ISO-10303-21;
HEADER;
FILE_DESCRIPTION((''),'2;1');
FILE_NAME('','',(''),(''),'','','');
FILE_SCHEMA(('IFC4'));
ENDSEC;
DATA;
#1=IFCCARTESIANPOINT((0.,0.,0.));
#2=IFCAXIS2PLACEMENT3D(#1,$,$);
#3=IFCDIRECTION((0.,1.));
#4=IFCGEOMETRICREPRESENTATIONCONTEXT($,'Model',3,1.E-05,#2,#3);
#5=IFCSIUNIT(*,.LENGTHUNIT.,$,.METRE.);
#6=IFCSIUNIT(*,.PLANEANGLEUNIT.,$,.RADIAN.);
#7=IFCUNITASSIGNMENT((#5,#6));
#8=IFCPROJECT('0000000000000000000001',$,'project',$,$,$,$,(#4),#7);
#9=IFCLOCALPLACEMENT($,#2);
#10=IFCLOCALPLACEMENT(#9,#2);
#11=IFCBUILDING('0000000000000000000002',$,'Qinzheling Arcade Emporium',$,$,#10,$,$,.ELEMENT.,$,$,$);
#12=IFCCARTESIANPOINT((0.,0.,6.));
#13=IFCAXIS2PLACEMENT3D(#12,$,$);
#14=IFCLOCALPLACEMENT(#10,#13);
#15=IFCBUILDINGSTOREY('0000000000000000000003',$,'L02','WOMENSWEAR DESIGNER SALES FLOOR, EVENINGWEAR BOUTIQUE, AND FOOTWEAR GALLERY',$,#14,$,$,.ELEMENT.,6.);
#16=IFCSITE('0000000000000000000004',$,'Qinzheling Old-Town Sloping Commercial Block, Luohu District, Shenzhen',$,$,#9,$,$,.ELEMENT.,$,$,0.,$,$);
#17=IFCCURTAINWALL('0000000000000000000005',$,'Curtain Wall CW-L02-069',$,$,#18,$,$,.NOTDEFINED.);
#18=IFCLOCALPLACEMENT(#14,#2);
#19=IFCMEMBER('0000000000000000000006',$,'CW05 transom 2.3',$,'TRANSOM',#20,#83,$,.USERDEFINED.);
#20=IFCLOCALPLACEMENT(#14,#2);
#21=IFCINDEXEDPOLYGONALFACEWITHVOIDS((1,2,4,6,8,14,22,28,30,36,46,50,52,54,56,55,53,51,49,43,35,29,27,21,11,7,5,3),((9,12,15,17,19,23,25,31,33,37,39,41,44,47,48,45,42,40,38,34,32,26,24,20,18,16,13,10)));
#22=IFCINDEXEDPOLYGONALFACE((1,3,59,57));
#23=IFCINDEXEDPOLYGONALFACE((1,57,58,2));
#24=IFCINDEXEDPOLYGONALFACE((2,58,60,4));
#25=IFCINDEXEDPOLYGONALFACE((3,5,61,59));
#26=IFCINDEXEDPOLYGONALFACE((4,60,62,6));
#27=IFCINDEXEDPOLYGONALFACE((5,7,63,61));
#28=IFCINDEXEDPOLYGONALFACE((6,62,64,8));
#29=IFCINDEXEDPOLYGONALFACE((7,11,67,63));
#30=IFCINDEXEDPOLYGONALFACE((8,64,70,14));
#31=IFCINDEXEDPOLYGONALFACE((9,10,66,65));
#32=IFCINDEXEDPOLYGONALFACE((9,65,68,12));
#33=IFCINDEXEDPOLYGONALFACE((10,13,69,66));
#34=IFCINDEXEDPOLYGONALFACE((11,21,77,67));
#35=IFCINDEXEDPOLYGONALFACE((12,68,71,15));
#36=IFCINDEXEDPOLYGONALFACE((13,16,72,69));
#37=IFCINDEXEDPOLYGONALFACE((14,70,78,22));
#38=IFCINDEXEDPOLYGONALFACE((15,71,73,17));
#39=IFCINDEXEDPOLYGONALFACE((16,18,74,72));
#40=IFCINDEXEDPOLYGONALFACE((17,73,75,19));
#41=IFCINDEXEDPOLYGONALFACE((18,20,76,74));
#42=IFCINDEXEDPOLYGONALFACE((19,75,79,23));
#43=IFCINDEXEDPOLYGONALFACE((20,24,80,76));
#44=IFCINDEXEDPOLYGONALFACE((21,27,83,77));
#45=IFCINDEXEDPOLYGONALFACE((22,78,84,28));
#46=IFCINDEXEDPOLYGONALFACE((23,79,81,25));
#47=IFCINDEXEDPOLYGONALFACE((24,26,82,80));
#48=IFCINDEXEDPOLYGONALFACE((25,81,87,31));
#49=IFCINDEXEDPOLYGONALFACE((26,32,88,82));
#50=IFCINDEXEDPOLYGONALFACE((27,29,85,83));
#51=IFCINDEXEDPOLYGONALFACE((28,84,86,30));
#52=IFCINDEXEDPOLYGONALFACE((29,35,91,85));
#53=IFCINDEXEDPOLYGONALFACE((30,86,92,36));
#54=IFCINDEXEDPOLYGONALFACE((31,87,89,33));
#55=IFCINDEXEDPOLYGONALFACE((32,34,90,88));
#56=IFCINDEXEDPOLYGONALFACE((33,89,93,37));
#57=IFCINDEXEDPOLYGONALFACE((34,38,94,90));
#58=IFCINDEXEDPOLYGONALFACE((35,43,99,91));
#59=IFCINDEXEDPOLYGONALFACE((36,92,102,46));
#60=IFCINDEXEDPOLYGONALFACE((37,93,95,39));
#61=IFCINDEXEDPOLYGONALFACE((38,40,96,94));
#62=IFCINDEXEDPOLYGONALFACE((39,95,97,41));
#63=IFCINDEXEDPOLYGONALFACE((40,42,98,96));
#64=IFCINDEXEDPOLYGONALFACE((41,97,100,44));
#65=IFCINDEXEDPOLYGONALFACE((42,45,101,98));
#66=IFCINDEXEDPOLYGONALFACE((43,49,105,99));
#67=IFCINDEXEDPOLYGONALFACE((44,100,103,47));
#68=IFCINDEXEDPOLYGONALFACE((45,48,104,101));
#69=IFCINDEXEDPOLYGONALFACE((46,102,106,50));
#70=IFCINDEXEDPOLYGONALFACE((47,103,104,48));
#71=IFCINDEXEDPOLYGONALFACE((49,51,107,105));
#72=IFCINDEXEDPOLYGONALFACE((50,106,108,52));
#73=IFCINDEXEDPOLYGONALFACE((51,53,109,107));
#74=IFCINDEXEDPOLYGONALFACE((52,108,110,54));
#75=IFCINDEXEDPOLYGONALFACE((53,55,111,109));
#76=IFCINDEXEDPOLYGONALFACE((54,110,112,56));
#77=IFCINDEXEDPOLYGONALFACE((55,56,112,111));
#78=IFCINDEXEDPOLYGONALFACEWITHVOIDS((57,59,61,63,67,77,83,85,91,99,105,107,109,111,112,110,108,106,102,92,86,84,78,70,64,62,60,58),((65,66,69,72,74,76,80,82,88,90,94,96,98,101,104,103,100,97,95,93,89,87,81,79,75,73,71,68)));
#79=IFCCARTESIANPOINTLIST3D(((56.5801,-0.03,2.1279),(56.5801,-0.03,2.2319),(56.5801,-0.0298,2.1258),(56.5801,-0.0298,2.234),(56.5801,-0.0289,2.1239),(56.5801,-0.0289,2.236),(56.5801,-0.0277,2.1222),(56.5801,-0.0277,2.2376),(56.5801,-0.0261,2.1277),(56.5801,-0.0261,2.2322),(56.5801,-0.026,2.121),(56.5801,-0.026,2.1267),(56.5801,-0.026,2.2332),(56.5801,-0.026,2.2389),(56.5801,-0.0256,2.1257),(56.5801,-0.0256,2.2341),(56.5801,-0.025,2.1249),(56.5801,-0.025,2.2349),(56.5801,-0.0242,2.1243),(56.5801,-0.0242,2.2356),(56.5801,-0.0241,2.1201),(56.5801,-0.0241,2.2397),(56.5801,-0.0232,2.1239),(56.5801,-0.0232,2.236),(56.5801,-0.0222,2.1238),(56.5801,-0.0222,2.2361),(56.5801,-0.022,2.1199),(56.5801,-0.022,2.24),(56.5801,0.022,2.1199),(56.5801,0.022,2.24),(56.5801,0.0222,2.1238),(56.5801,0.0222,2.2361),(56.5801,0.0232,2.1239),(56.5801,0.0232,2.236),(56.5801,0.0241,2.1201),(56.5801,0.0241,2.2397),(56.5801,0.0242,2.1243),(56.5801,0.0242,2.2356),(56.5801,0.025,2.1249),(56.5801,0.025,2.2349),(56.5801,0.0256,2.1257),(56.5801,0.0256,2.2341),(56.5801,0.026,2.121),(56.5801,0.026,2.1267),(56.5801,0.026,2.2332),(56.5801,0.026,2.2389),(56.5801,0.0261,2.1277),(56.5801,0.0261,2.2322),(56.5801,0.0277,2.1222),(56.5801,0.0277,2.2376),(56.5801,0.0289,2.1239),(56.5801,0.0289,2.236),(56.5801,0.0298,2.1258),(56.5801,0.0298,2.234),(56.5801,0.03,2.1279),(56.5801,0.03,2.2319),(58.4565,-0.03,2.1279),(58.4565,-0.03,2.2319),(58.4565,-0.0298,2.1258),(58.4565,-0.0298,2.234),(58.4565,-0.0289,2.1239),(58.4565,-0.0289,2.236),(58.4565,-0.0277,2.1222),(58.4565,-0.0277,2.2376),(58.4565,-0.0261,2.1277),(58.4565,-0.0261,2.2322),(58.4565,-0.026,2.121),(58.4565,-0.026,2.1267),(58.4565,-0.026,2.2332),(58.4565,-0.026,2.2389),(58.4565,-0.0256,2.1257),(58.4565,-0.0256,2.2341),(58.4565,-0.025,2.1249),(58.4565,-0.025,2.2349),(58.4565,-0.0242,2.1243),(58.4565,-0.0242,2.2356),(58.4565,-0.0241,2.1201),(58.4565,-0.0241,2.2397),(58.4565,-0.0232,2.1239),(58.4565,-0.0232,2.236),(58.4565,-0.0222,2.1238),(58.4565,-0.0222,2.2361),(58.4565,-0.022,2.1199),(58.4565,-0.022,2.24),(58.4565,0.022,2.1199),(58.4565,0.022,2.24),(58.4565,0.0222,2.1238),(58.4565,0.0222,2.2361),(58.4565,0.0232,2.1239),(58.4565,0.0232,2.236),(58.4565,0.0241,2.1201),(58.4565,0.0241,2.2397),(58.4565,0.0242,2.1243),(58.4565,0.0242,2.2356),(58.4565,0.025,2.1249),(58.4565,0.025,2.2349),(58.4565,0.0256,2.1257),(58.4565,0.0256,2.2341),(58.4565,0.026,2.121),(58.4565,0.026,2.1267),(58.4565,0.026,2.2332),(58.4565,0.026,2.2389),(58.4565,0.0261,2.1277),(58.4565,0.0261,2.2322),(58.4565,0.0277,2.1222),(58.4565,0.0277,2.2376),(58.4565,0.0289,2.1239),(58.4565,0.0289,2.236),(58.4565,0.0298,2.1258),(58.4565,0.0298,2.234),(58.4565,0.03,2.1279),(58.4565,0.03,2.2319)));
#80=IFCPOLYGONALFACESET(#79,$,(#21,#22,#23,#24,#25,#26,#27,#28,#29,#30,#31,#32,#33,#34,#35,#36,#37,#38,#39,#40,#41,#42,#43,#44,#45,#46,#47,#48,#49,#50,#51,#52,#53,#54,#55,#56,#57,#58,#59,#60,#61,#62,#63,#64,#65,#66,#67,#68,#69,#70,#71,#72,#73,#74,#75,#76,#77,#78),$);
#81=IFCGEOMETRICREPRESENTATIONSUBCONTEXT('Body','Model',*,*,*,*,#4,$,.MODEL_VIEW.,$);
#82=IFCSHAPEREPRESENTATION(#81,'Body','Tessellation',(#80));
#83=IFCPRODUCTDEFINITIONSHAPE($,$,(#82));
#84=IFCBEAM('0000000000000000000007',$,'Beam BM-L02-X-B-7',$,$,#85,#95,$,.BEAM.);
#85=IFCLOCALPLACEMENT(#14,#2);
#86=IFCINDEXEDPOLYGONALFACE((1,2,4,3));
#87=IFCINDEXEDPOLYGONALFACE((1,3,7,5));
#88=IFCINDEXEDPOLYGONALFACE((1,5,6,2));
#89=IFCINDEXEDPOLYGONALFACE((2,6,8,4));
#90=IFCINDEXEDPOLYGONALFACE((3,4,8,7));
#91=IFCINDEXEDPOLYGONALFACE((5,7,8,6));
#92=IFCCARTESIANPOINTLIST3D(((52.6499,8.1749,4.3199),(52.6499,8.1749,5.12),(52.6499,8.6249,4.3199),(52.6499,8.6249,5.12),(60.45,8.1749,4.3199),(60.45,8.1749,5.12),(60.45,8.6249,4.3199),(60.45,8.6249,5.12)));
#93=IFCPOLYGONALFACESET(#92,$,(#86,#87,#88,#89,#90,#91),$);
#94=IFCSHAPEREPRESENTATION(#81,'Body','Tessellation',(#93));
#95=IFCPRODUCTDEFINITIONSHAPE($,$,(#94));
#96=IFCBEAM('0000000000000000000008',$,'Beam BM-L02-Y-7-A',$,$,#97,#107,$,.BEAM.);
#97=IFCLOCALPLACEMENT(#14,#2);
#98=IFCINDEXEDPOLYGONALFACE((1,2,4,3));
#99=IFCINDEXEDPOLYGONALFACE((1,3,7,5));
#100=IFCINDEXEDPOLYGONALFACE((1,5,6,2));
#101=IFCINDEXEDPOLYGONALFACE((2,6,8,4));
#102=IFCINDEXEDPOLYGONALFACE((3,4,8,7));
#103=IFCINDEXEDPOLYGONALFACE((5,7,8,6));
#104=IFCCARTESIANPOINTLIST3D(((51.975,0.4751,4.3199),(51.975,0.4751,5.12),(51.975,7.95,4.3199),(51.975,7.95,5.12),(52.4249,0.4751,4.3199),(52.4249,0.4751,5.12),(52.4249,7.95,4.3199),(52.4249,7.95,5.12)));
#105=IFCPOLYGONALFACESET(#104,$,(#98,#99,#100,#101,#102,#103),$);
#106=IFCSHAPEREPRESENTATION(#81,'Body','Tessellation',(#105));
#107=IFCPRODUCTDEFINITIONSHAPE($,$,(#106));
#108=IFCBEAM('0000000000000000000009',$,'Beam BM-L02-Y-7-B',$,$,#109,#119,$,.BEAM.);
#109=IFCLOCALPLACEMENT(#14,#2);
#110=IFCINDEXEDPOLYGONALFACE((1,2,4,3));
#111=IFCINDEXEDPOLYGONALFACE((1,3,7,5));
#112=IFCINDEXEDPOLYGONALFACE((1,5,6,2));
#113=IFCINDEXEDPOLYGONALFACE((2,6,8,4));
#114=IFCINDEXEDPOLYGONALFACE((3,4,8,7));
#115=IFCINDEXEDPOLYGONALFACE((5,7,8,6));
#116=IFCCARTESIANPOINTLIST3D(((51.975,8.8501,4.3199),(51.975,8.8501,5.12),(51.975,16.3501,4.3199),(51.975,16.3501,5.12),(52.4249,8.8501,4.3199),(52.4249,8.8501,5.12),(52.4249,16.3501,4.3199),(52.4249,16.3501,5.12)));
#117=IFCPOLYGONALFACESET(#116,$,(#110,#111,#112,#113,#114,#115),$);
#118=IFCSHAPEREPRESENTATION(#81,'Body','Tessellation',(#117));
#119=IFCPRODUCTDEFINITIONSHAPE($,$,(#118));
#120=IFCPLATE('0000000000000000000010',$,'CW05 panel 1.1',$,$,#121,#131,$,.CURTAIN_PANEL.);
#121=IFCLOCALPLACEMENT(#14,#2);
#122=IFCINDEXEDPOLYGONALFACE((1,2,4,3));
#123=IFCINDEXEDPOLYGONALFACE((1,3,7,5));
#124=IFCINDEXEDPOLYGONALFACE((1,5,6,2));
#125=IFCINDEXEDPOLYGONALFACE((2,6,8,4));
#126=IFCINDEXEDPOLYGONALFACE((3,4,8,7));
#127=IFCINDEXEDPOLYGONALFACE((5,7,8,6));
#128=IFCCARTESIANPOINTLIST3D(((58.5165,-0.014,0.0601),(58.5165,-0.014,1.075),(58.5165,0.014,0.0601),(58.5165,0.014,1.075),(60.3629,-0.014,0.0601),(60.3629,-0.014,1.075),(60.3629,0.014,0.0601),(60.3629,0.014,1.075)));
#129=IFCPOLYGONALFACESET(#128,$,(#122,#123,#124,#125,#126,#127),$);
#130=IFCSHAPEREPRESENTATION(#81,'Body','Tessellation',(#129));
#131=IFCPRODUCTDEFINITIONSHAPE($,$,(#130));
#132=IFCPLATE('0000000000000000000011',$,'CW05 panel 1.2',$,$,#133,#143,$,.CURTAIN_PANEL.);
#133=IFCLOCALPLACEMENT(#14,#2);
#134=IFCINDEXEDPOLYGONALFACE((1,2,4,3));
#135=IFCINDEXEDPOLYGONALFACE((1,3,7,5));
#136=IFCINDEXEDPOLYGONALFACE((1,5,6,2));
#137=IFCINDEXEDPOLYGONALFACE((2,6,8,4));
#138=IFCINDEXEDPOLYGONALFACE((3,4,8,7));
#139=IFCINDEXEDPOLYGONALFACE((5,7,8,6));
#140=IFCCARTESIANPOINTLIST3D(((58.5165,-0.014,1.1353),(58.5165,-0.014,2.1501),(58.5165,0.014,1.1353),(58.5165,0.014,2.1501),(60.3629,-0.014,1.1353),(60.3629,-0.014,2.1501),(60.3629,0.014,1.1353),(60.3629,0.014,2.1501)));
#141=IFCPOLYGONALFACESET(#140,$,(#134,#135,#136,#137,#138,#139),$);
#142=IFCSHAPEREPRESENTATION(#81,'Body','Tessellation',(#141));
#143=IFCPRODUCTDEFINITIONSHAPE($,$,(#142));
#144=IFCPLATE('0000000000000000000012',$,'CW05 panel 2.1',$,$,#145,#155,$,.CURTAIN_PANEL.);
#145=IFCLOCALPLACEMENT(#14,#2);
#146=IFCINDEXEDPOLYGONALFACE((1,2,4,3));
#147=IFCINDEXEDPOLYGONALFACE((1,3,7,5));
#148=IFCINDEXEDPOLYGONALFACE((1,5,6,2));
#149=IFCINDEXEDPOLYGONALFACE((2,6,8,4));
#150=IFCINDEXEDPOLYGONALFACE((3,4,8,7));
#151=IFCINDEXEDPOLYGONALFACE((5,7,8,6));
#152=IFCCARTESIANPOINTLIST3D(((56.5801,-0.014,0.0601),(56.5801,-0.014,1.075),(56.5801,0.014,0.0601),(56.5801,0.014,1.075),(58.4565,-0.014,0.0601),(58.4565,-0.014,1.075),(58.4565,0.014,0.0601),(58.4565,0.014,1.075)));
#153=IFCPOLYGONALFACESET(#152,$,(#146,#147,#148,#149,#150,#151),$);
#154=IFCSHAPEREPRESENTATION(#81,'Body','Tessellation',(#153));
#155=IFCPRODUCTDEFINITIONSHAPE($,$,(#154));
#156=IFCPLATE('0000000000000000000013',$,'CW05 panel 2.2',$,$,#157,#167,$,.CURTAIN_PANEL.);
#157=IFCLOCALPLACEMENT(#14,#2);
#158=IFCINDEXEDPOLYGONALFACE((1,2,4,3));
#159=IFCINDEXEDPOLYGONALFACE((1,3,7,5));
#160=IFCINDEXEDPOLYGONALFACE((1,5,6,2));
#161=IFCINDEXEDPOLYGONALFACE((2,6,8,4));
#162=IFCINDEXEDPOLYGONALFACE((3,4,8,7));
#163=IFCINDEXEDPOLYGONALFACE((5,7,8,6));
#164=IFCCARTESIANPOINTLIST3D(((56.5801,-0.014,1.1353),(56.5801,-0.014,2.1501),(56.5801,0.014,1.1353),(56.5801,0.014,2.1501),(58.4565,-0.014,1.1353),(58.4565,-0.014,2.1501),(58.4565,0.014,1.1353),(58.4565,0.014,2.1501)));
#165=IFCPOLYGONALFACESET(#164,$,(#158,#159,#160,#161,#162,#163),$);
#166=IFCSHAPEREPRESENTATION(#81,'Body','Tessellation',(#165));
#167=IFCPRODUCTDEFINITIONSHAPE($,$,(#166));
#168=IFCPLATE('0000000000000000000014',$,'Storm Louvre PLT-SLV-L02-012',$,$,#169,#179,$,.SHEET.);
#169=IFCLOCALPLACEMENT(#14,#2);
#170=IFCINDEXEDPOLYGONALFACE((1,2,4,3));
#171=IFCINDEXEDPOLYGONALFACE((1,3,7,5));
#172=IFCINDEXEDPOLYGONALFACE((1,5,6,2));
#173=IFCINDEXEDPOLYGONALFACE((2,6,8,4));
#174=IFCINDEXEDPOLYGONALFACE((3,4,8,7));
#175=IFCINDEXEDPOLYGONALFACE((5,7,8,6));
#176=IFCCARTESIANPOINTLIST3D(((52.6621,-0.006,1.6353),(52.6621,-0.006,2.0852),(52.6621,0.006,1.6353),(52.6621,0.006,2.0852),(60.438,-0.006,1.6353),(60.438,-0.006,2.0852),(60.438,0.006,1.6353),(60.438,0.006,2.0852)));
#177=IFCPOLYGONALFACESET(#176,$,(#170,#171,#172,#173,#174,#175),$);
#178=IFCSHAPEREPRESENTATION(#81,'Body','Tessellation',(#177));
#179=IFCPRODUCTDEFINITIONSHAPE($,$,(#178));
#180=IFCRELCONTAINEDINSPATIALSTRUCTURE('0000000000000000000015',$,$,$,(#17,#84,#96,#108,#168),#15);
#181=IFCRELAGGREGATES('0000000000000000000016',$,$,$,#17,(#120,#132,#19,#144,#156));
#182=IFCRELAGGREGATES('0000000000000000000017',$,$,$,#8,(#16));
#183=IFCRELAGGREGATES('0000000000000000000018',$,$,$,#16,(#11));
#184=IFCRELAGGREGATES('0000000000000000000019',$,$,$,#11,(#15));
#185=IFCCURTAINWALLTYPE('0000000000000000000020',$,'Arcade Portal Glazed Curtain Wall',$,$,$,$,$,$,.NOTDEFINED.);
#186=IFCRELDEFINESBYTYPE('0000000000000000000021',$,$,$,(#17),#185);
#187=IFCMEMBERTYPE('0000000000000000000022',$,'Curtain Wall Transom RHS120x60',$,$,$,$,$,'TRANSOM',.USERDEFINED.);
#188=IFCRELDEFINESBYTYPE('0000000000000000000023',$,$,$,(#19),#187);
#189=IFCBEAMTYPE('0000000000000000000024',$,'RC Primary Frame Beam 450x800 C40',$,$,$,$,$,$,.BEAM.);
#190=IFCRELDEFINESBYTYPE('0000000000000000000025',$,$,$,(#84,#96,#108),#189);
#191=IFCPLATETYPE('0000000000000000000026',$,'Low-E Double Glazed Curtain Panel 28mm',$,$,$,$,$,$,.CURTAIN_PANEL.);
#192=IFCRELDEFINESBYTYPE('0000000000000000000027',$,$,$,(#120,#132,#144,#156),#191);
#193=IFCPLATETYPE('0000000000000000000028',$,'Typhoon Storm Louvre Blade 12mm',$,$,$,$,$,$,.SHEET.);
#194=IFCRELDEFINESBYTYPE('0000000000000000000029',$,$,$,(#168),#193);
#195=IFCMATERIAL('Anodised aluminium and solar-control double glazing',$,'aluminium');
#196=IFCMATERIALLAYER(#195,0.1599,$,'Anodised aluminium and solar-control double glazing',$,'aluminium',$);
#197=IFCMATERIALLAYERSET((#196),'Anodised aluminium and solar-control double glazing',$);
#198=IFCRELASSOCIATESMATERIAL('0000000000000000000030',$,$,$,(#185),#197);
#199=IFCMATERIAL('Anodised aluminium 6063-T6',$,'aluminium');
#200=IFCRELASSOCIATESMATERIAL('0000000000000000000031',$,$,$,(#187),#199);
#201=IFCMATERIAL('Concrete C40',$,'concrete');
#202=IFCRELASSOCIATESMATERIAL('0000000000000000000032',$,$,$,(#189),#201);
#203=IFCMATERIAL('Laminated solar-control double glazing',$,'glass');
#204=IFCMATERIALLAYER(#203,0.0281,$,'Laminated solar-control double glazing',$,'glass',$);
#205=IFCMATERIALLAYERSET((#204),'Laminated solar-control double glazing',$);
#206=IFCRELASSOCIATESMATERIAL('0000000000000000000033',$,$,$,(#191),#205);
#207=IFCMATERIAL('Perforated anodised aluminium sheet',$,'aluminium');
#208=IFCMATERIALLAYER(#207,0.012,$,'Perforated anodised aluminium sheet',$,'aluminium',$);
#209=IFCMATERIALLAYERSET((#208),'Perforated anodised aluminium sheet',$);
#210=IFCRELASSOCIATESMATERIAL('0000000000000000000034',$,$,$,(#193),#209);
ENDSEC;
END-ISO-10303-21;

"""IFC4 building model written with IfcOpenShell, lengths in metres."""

from ifc_helpers import new_model, si_unit, direction, frame, origin, origin_2d, place, context, subcontext, project, spatial, rectangle, hollow_rectangle, extrude, material, layer, layer_set, material_profile, profile_set, type_object, element, aggregate, save


model = new_model("IFC4")

# Units and contexts
model_context = context("Model", 3, precision=1e-05, world=origin(), true_north=direction((0.0, 1.0)))
body_context = subcontext(model_context, "Body", "Model", "MODEL_VIEW")
ifc_project = project(units=[si_unit("LENGTHUNIT", "METRE"), si_unit("PLANEANGLEUNIT", "RADIAN")], contexts=[model_context])

# Site, building, storey
site_placement = place(None, origin())
site = spatial("IfcSite", under=ifc_project, at=site_placement, Name="Qinzheling Old-Town Sloping Commercial Block, Luohu District, Shenzhen", CompositionType="ELEMENT", RefElevation=0.0)
building_placement = place(site_placement, origin())
building = spatial("IfcBuilding", under=site, at=building_placement, Name="Qinzheling Arcade Emporium", CompositionType="ELEMENT")
storey_placement = place(building_placement, frame((0.0, 0.0, 6.0)))
storey = spatial("IfcBuildingStorey", under=building, at=storey_placement, Name="L02", Description="WOMENSWEAR DESIGNER SALES FLOOR, EVENINGWEAR BOUTIQUE, AND FOOTWEAR GALLERY", CompositionType="ELEMENT", Elevation=6.0)

# Curtain wall, member
ifc_material_1 = material(Name="Anodised aluminium and solar-control double glazing", Category="aluminium")
ifc_layer_1 = layer(ifc_material_1, 0.1599, Name="Anodised aluminium and solar-control double glazing", Category="aluminium")
ifc_layer_set_1 = layer_set([ifc_layer_1], Name="Anodised aluminium and solar-control double glazing")
curtain_wall_type = type_object("IfcCurtainWallType", Name="Arcade Portal Glazed Curtain Wall", PredefinedType="NOTDEFINED", material=ifc_layer_set_1)
curtain_wall_placement = place(storey_placement, origin())
curtain_wall = element("IfcCurtainWall", 1, at=curtain_wall_placement, inside=storey, type_object=curtain_wall_type, Name="Curtain Wall CW-L02-069", PredefinedType="NOTDEFINED")
ifc_material_2 = material(Name="Anodised aluminium 6063-T6", Category="aluminium")
ifc_material_profile_1 = material_profile(ifc_material_2, hollow_rectangle(XDim=0.0601, YDim=0.1201, WallThickness=0.0039, InnerFilletRadius=0.0039, OuterFilletRadius=0.0081, at=origin_2d()), Name="RHS 120x60x4", Category="aluminium")
ifc_profile_set_1 = profile_set([ifc_material_profile_1], Name="Anodised aluminium 6063-T6")
member_type_1 = type_object("IfcMemberType", Name="Curtain Wall Transom RHS120x60", ElementType="TRANSOM", PredefinedType="USERDEFINED", material=ifc_profile_set_1)
member_1_placement = place(storey_placement, frame((58.4565, 0.0, 2.1799), z_axis=(-1.0, 0.0, 0.0), x_axis=(0.0, -1.0, 0.0)))
member_1 = element("IfcMember", 2, at=member_1_placement, type_object=member_type_1, Name="CW05 transom 2.3", ObjectType="TRANSOM", PredefinedType="USERDEFINED", context=body_context, shape_type="SweptSolid", body=[
    extrude(hollow_rectangle(XDim=0.0601, YDim=0.1201, WallThickness=0.0039, InnerFilletRadius=0.0039, OuterFilletRadius=0.0081, at=origin_2d()), origin(), (0.0, 0.0, 1.0), 1.8765),
])

# Beams
ifc_material_3 = material(Name="Concrete C40", Category="concrete")
ifc_material_profile_2 = material_profile(ifc_material_3, rectangle(XDim=0.45, YDim=0.8, at=origin_2d()), Name="RC 450x800", Category="concrete")
ifc_profile_set_2 = profile_set([ifc_material_profile_2], Name="Concrete C40")
beam_type_1 = type_object("IfcBeamType", Name="RC Primary Frame Beam 450x800 C40", PredefinedType="BEAM", material=ifc_profile_set_2)
beam_1_placement = place(storey_placement, frame((52.6499, 8.3999, 4.72), z_axis=(1.0, 0.0, 0.0), x_axis=(0.0, 1.0, 0.0)))
element("IfcBeam", 3, at=beam_1_placement, inside=storey, type_object=beam_type_1, Name="Beam BM-L02-X-B-7", PredefinedType="BEAM", context=body_context, shape_type="SweptSolid", body=[
    extrude(rectangle(XDim=0.45, YDim=0.8, at=origin_2d()), origin(), (0.0, 0.0, 1.0), 7.8),
])
beam_2_placement = place(storey_placement, frame((52.2, 0.4751, 4.72), z_axis=(0.0, 1.0, 0.0), x_axis=(-1.0, 0.0, 0.0)))
element("IfcBeam", 4, at=beam_2_placement, inside=storey, type_object=beam_type_1, Name="Beam BM-L02-Y-7-A", PredefinedType="BEAM", context=body_context, shape_type="SweptSolid", body=[
    extrude(rectangle(XDim=0.45, YDim=0.8, at=origin_2d()), origin(), (0.0, 0.0, 1.0), 7.4749),
])
beam_3_placement = place(storey_placement, frame((52.2, 8.8501, 4.72), z_axis=(0.0, 1.0, 0.0), x_axis=(-1.0, 0.0, 0.0)))
element("IfcBeam", 5, at=beam_3_placement, inside=storey, type_object=beam_type_1, Name="Beam BM-L02-Y-7-B", PredefinedType="BEAM", context=body_context, shape_type="SweptSolid", body=[
    extrude(rectangle(XDim=0.45, YDim=0.8, at=origin_2d()), origin(), (0.0, 0.0, 1.0), 7.5),
])

# Plates
ifc_material_4 = material(Name="Laminated solar-control double glazing", Category="glass")
ifc_layer_2 = layer(ifc_material_4, 0.0281, Name="Laminated solar-control double glazing", Category="glass")
ifc_layer_set_2 = layer_set([ifc_layer_2], Name="Laminated solar-control double glazing")
plate_type_1 = type_object("IfcPlateType", Name="Low-E Double Glazed Curtain Panel 28mm", PredefinedType="CURTAIN_PANEL", material=ifc_layer_set_2)
plate_1_placement = place(storey_placement, frame((59.4397, 0.0, 0.0601), z_axis=(0.0, 0.0, 1.0), x_axis=(-1.0, 0.0, 0.0)))
plate_1 = element("IfcPlate", 6, at=plate_1_placement, type_object=plate_type_1, Name="CW05 panel 1.1", PredefinedType="CURTAIN_PANEL", context=body_context, shape_type="SweptSolid", body=[
    extrude(rectangle(XDim=1.8464, YDim=0.0281, at=origin_2d()), origin(), (0.0, 0.0, 1.0), 1.0149),
])
plate_2_placement = place(storey_placement, frame((59.4397, 0.0, 1.1353), z_axis=(0.0, 0.0, 1.0), x_axis=(-1.0, 0.0, 0.0)))
plate_2 = element("IfcPlate", 7, at=plate_2_placement, type_object=plate_type_1, Name="CW05 panel 1.2", PredefinedType="CURTAIN_PANEL", context=body_context, shape_type="SweptSolid", body=[
    extrude(rectangle(XDim=1.8464, YDim=0.0281, at=origin_2d()), origin(), (0.0, 0.0, 1.0), 1.0149),
])
plate_3_placement = place(storey_placement, frame((57.5183, 0.0, 0.0601), z_axis=(0.0, 0.0, 1.0), x_axis=(-1.0, 0.0, 0.0)))
plate_3 = element("IfcPlate", 8, at=plate_3_placement, type_object=plate_type_1, Name="CW05 panel 2.1", PredefinedType="CURTAIN_PANEL", context=body_context, shape_type="SweptSolid", body=[
    extrude(rectangle(XDim=1.8765, YDim=0.0281, at=origin_2d()), origin(), (0.0, 0.0, 1.0), 1.0149),
])
plate_4_placement = place(storey_placement, frame((57.5183, 0.0, 1.1353), z_axis=(0.0, 0.0, 1.0), x_axis=(-1.0, 0.0, 0.0)))
plate_4 = element("IfcPlate", 9, at=plate_4_placement, type_object=plate_type_1, Name="CW05 panel 2.2", PredefinedType="CURTAIN_PANEL", context=body_context, shape_type="SweptSolid", body=[
    extrude(rectangle(XDim=1.8765, YDim=0.0281, at=origin_2d()), origin(), (0.0, 0.0, 1.0), 1.0149),
])
aggregate(curtain_wall, [plate_1, plate_2, member_1, plate_3, plate_4])
ifc_material_5 = material(Name="Perforated anodised aluminium sheet", Category="aluminium")
ifc_layer_3 = layer(ifc_material_5, 0.012, Name="Perforated anodised aluminium sheet", Category="aluminium")
ifc_layer_set_3 = layer_set([ifc_layer_3], Name="Perforated anodised aluminium sheet")
plate_type_2 = type_object("IfcPlateType", Name="Typhoon Storm Louvre Blade 12mm", PredefinedType="SHEET", material=ifc_layer_set_3)
plate_5_placement = place(storey_placement, frame((56.55, 0.0, 1.6353), z_axis=(0.0, 0.0, 1.0), x_axis=(-1.0, 0.0, 0.0)))
element("IfcPlate", 10, at=plate_5_placement, inside=storey, type_object=plate_type_2, Name="Storm Louvre PLT-SLV-L02-012", PredefinedType="SHEET", context=body_context, shape_type="SweptSolid", body=[
    extrude(rectangle(XDim=7.7759, YDim=0.012, at=origin_2d()), origin(), (0.0, 0.0, 1.0), 0.45),
])

save(model, "model.ifc")
